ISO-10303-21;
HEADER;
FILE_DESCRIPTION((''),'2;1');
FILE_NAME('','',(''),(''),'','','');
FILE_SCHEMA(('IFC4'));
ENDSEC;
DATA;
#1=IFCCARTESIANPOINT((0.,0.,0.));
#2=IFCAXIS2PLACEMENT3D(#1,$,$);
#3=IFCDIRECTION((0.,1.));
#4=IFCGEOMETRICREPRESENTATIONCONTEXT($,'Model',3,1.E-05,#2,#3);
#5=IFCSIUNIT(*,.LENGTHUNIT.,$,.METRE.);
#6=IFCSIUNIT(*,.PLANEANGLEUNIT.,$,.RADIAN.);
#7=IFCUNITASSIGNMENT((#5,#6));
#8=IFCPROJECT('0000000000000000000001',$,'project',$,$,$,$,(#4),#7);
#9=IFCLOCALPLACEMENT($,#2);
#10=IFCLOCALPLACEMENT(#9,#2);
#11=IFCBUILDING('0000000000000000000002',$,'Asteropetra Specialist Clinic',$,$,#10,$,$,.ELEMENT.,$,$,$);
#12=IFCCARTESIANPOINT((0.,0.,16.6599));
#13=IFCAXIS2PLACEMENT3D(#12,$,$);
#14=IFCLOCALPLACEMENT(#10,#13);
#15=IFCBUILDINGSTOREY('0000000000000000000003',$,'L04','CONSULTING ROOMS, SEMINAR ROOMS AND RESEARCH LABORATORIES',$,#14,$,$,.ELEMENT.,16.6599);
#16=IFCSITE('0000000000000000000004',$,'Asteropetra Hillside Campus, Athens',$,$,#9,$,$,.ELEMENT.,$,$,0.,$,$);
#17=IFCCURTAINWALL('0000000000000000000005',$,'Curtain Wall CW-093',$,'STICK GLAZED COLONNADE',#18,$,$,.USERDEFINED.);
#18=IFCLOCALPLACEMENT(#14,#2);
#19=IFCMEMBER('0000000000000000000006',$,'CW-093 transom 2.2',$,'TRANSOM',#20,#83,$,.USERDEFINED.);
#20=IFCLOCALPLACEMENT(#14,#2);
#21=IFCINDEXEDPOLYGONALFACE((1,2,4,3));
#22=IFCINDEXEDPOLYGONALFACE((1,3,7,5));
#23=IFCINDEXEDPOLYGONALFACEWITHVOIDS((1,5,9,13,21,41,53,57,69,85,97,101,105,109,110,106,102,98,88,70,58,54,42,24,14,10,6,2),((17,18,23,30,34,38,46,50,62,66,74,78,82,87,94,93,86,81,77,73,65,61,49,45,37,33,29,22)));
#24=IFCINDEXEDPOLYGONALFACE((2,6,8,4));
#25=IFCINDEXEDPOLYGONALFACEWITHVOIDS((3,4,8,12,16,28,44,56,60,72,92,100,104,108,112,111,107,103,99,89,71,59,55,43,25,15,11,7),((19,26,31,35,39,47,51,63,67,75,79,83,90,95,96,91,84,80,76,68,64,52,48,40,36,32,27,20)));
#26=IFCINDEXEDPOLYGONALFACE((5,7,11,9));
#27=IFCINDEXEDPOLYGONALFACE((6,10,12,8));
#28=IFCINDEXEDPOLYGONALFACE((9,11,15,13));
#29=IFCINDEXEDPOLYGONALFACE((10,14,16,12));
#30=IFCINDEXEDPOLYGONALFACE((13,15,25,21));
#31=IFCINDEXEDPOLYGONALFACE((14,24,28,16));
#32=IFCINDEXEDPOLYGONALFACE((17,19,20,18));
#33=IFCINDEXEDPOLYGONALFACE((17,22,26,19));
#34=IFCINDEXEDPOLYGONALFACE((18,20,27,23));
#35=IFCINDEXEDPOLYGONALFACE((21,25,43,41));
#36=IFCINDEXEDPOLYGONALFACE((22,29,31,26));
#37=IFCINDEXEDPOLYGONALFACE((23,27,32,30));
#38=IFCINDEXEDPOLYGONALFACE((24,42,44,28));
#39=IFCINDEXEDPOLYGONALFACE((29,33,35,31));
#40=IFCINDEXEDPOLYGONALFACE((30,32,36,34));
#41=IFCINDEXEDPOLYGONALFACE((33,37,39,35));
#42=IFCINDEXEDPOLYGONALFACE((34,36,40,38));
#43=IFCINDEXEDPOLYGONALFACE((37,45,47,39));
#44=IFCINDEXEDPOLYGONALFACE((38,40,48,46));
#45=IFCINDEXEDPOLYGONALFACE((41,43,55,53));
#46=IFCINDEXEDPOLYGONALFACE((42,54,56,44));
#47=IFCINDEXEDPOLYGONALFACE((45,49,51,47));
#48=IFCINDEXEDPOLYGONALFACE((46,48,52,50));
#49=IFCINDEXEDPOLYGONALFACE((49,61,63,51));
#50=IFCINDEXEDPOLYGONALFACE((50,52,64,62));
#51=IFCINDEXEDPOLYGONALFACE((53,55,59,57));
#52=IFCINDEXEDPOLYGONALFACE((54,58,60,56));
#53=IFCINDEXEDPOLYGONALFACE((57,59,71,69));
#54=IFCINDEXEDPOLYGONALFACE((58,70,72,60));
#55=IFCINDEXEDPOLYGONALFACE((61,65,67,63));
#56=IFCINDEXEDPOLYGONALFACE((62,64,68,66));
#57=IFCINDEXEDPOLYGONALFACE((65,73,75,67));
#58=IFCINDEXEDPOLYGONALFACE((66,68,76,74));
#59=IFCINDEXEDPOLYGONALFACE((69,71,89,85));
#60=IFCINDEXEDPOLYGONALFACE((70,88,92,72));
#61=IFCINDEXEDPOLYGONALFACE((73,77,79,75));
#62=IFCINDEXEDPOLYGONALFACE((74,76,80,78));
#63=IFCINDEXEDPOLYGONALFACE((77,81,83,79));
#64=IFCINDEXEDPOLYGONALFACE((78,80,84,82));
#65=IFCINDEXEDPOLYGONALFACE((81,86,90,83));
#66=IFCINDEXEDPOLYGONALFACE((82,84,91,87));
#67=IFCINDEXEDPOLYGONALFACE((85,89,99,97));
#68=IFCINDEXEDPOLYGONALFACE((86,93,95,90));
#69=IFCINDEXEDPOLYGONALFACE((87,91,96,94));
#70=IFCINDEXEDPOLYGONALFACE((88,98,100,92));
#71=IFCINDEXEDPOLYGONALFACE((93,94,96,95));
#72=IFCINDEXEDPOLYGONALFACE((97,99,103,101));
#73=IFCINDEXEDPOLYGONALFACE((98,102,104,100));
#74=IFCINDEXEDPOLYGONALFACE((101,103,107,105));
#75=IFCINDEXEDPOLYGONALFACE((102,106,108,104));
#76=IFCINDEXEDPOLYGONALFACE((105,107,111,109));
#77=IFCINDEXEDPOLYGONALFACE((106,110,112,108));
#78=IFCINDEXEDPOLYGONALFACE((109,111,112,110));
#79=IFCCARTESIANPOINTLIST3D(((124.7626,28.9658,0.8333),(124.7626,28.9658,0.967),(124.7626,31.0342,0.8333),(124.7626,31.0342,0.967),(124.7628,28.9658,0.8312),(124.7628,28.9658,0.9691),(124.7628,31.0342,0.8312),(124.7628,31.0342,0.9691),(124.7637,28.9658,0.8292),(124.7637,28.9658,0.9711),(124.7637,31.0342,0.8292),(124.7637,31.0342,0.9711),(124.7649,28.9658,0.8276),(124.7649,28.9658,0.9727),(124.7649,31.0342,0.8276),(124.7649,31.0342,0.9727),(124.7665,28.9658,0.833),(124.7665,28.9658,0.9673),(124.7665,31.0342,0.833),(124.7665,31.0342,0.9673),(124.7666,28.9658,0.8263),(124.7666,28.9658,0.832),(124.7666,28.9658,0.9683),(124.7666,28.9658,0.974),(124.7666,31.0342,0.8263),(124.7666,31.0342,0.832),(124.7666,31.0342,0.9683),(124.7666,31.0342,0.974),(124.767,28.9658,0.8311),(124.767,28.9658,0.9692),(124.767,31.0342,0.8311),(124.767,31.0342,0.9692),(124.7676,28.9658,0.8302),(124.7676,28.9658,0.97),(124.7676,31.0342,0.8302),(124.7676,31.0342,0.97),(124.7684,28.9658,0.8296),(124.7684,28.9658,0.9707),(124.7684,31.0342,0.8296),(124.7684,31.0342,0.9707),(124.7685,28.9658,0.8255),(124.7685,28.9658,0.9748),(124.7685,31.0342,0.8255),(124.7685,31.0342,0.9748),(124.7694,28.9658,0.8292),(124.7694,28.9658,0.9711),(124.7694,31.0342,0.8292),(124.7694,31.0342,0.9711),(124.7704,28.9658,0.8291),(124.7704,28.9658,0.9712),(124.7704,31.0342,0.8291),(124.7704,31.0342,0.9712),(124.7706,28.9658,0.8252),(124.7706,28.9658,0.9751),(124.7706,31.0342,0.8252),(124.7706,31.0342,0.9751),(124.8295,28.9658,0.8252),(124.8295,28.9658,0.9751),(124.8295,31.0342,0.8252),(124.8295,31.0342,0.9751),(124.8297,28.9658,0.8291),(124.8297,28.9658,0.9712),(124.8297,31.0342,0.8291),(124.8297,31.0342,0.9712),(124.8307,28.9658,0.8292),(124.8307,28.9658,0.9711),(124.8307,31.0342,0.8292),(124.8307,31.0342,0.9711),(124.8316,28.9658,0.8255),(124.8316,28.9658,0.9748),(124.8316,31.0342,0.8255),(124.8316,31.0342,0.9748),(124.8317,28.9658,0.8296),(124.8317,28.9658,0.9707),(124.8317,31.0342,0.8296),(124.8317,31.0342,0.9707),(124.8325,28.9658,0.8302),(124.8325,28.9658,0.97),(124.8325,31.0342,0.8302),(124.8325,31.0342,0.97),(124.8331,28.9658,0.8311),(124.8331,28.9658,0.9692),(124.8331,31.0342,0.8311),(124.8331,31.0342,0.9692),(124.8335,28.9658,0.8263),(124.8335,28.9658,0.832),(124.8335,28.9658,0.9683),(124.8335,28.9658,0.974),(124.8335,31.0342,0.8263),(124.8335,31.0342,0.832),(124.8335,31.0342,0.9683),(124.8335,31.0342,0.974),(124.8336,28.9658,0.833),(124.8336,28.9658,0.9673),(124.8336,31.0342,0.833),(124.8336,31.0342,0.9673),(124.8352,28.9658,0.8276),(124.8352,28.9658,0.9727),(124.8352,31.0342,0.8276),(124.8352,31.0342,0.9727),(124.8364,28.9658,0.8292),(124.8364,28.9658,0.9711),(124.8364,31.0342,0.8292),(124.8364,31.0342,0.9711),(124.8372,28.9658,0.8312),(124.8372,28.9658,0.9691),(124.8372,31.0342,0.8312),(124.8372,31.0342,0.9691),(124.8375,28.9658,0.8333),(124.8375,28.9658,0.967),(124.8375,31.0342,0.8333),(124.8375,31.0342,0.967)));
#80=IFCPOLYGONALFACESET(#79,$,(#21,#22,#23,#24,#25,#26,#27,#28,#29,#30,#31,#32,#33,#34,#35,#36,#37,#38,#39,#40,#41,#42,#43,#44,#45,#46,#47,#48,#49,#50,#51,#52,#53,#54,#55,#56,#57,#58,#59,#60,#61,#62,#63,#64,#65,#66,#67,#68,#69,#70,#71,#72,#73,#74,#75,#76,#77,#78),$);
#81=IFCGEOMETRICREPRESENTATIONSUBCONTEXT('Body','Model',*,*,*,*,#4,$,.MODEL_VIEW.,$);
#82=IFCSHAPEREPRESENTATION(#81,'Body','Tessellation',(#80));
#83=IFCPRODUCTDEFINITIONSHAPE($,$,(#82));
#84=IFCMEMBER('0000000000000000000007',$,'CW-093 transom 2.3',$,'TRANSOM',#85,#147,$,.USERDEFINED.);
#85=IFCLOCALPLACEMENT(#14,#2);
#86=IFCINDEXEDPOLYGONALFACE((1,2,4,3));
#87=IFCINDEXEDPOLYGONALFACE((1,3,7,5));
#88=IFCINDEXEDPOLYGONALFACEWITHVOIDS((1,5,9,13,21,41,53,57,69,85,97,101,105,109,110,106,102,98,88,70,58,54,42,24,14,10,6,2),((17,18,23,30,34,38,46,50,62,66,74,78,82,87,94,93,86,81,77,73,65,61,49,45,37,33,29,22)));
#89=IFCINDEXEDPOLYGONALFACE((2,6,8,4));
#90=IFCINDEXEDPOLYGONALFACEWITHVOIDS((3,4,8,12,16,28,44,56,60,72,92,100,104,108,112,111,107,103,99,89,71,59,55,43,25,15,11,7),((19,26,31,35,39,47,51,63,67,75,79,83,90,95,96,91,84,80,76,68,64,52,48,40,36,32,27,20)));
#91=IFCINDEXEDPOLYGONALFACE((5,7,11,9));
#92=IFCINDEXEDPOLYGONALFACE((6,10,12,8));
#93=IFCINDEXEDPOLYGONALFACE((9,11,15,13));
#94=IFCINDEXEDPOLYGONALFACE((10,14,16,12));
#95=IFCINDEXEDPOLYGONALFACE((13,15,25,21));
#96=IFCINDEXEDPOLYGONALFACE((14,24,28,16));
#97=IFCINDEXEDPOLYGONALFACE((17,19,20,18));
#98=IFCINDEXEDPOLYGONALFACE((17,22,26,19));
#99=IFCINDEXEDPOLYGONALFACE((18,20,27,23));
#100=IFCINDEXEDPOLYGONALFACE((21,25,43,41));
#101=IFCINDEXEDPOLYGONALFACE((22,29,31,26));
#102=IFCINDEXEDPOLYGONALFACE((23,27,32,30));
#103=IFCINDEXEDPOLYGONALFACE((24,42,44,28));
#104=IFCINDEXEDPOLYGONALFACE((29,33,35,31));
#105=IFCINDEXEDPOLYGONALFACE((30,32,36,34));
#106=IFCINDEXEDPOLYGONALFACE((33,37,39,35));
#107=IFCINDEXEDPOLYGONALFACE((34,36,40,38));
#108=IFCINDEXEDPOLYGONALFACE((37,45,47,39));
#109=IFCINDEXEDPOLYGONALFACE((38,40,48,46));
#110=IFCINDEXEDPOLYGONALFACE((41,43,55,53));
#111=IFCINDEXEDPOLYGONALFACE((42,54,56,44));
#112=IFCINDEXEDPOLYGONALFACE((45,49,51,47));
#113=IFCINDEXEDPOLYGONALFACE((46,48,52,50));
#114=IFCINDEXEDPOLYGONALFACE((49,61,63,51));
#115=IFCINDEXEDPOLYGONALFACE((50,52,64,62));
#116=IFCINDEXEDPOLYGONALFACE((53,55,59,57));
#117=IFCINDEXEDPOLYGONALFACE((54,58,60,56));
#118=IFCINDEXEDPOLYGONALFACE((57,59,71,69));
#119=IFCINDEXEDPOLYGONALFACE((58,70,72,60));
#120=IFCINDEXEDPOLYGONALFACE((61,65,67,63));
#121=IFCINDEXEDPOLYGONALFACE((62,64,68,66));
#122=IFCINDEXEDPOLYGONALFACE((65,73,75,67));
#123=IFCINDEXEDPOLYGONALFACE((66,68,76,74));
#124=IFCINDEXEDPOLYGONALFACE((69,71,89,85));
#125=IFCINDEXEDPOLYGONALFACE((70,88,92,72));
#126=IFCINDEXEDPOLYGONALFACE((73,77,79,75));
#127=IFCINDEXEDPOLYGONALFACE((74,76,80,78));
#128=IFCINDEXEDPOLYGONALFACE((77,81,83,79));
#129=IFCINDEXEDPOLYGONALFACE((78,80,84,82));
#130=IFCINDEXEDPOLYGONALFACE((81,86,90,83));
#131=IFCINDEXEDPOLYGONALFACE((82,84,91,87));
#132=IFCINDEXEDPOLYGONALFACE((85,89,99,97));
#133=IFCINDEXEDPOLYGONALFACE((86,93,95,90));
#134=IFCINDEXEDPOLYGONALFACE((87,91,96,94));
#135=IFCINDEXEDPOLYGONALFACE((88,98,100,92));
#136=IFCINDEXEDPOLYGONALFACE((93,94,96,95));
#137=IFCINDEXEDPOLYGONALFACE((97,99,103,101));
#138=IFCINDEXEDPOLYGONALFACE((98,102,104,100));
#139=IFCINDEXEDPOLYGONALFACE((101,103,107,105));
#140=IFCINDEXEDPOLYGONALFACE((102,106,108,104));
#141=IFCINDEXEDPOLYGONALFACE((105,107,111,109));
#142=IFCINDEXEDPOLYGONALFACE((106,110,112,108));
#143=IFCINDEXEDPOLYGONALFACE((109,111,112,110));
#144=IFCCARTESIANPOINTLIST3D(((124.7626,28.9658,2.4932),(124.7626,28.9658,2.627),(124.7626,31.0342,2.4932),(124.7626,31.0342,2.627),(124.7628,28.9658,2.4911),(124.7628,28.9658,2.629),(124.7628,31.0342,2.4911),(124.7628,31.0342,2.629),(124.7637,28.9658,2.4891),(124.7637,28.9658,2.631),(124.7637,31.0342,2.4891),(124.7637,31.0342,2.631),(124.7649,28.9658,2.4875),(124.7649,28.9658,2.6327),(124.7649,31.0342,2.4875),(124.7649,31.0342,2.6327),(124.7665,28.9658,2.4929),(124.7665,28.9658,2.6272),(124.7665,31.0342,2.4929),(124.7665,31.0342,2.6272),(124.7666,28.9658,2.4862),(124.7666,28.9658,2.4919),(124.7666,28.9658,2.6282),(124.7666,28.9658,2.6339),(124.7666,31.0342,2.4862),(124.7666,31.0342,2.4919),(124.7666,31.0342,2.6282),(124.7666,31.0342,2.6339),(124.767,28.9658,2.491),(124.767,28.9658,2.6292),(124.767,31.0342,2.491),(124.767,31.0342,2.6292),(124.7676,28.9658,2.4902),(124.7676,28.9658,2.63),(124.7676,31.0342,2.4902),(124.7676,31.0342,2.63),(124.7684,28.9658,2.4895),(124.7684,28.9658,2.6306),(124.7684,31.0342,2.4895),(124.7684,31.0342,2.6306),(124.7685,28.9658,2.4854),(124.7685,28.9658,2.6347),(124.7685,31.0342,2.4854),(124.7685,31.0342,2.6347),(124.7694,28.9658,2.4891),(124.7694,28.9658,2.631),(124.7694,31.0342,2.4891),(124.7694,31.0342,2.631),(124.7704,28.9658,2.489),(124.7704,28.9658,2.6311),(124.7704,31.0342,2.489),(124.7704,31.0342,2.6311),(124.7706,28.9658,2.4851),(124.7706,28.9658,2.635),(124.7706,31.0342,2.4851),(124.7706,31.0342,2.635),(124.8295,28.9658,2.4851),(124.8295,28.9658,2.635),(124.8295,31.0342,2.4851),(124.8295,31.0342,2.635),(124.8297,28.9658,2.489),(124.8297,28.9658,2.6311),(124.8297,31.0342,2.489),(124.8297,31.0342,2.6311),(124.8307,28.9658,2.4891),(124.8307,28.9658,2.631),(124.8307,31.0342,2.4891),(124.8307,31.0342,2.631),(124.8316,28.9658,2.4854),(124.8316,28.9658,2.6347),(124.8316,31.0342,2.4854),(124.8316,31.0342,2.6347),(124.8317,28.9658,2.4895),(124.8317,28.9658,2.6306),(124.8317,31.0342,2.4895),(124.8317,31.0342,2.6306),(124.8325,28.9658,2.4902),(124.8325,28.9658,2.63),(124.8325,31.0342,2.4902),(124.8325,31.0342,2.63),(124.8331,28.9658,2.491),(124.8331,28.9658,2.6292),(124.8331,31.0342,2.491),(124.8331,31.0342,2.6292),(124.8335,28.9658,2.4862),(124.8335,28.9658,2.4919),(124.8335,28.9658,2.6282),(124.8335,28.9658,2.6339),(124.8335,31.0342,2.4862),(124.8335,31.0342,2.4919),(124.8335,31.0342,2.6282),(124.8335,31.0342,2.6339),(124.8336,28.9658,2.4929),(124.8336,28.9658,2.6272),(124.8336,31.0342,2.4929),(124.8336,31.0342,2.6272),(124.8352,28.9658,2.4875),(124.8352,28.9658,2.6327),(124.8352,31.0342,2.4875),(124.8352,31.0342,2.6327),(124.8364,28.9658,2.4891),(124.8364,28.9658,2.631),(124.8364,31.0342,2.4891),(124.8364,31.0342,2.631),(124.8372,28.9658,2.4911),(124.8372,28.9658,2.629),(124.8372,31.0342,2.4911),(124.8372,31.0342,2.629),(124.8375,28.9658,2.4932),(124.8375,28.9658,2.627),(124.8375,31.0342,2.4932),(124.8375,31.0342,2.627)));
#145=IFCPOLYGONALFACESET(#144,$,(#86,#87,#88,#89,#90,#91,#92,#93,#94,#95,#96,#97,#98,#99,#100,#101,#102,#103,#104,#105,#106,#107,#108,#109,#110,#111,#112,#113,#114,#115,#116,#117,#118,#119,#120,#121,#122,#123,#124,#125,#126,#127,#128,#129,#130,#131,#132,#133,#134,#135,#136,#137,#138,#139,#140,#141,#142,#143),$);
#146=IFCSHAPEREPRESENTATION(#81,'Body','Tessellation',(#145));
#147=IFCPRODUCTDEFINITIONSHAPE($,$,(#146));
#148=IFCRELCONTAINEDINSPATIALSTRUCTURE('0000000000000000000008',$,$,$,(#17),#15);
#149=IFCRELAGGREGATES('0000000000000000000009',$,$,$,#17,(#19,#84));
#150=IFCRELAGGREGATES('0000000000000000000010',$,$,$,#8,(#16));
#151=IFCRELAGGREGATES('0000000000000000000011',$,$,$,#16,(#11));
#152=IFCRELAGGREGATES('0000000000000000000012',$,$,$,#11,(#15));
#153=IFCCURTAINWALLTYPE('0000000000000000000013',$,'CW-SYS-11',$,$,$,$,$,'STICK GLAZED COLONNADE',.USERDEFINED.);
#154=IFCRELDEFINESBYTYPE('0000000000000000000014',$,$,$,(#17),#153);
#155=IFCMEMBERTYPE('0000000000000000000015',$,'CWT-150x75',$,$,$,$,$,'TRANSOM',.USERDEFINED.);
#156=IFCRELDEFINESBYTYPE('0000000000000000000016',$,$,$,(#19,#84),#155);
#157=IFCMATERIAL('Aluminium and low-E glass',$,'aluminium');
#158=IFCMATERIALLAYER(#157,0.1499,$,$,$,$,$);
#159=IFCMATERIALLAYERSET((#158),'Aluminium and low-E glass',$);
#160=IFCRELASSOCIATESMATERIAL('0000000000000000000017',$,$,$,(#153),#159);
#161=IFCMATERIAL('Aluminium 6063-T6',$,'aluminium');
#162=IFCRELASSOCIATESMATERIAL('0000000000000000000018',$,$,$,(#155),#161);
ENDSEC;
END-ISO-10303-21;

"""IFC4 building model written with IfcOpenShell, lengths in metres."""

from ifc_helpers import new_model, si_unit, direction, frame, origin, origin_2d, place, context, subcontext, project, spatial, hollow_rectangle, extrude, material, layer, layer_set, material_profile, profile_set, type_object, element, aggregate, save


model = new_model("IFC4")

# Units and contexts
model_context = context("Model", 3, precision=1e-05, world=origin(), true_north=direction((0.0, 1.0)))
body_context = subcontext(model_context, "Body", "Model", "MODEL_VIEW")
ifc_project = project(units=[si_unit("LENGTHUNIT", "METRE"), si_unit("PLANEANGLEUNIT", "RADIAN")], contexts=[model_context])

# Site, building, storey
site_placement = place(None, origin())
site = spatial("IfcSite", under=ifc_project, at=site_placement, Name="Asteropetra Hillside Campus, Athens", CompositionType="ELEMENT", RefElevation=0.0)
building_placement = place(site_placement, origin())
building = spatial("IfcBuilding", under=site, at=building_placement, Name="Asteropetra Specialist Clinic", CompositionType="ELEMENT")
storey_placement = place(building_placement, frame((0.0, 0.0, 16.6599)))
storey = spatial("IfcBuildingStorey", under=building, at=storey_placement, Name="L04", Description="CONSULTING ROOMS, SEMINAR ROOMS AND RESEARCH LABORATORIES", CompositionType="ELEMENT", Elevation=16.6599)

# Curtain wall
ifc_material_1 = material(Name="Aluminium and low-E glass", Category="aluminium")
ifc_layer_1 = layer(ifc_material_1, 0.1499)
ifc_layer_set_1 = layer_set([ifc_layer_1], Name="Aluminium and low-E glass")
curtain_wall_type_1 = type_object("IfcCurtainWallType", Name="CW-SYS-11", ElementType="STICK GLAZED COLONNADE", PredefinedType="USERDEFINED", material=ifc_layer_set_1)
curtain_wall_1_placement = place(storey_placement, origin())
curtain_wall_1 = element("IfcCurtainWall", 1, at=curtain_wall_1_placement, inside=storey, type_object=curtain_wall_type_1, Name="Curtain Wall CW-093", ObjectType="STICK GLAZED COLONNADE", PredefinedType="USERDEFINED")

# Members
ifc_material_2 = material(Name="Aluminium 6063-T6", Category="aluminium")
ifc_material_profile_1 = material_profile(ifc_material_2, hollow_rectangle(XDim=0.075, YDim=0.1499, WallThickness=0.0039, InnerFilletRadius=0.0039, OuterFilletRadius=0.0081, at=origin_2d()), Name="TRN 150x75x4.0")
ifc_profile_set_1 = profile_set([ifc_material_profile_1], Name="Aluminium 6063-T6")
member_type_1 = type_object("IfcMemberType", Name="CWT-150x75", ElementType="TRANSOM", PredefinedType="USERDEFINED", material=ifc_profile_set_1)
member_1_placement = place(storey_placement, frame((124.8, 31.0342, 0.9001), z_axis=(0.0, -1.0, 0.0), x_axis=(1.0, 0.0, 0.0)))
member_1 = element("IfcMember", 2, at=member_1_placement, type_object=member_type_1, Name="CW-093 transom 2.2", ObjectType="TRANSOM", PredefinedType="USERDEFINED", context=body_context, shape_type="SweptSolid", body=[
    extrude(hollow_rectangle(XDim=0.075, YDim=0.1499, WallThickness=0.0039, InnerFilletRadius=0.0039, OuterFilletRadius=0.0081, at=origin_2d()), origin(), (0.0, 0.0, 1.0), 2.0684),
])
member_2_placement = place(storey_placement, frame((124.8, 31.0342, 2.5601), z_axis=(0.0, -1.0, 0.0), x_axis=(1.0, 0.0, 0.0)))
member_2 = element("IfcMember", 3, at=member_2_placement, type_object=member_type_1, Name="CW-093 transom 2.3", ObjectType="TRANSOM", PredefinedType="USERDEFINED", context=body_context, shape_type="SweptSolid", body=[
    extrude(hollow_rectangle(XDim=0.075, YDim=0.1499, WallThickness=0.0039, InnerFilletRadius=0.0039, OuterFilletRadius=0.0081, at=origin_2d()), origin(), (0.0, 0.0, 1.0), 2.0684),
])

aggregate(curtain_wall_1, [member_1, member_2])

save(model, "model.ifc")
